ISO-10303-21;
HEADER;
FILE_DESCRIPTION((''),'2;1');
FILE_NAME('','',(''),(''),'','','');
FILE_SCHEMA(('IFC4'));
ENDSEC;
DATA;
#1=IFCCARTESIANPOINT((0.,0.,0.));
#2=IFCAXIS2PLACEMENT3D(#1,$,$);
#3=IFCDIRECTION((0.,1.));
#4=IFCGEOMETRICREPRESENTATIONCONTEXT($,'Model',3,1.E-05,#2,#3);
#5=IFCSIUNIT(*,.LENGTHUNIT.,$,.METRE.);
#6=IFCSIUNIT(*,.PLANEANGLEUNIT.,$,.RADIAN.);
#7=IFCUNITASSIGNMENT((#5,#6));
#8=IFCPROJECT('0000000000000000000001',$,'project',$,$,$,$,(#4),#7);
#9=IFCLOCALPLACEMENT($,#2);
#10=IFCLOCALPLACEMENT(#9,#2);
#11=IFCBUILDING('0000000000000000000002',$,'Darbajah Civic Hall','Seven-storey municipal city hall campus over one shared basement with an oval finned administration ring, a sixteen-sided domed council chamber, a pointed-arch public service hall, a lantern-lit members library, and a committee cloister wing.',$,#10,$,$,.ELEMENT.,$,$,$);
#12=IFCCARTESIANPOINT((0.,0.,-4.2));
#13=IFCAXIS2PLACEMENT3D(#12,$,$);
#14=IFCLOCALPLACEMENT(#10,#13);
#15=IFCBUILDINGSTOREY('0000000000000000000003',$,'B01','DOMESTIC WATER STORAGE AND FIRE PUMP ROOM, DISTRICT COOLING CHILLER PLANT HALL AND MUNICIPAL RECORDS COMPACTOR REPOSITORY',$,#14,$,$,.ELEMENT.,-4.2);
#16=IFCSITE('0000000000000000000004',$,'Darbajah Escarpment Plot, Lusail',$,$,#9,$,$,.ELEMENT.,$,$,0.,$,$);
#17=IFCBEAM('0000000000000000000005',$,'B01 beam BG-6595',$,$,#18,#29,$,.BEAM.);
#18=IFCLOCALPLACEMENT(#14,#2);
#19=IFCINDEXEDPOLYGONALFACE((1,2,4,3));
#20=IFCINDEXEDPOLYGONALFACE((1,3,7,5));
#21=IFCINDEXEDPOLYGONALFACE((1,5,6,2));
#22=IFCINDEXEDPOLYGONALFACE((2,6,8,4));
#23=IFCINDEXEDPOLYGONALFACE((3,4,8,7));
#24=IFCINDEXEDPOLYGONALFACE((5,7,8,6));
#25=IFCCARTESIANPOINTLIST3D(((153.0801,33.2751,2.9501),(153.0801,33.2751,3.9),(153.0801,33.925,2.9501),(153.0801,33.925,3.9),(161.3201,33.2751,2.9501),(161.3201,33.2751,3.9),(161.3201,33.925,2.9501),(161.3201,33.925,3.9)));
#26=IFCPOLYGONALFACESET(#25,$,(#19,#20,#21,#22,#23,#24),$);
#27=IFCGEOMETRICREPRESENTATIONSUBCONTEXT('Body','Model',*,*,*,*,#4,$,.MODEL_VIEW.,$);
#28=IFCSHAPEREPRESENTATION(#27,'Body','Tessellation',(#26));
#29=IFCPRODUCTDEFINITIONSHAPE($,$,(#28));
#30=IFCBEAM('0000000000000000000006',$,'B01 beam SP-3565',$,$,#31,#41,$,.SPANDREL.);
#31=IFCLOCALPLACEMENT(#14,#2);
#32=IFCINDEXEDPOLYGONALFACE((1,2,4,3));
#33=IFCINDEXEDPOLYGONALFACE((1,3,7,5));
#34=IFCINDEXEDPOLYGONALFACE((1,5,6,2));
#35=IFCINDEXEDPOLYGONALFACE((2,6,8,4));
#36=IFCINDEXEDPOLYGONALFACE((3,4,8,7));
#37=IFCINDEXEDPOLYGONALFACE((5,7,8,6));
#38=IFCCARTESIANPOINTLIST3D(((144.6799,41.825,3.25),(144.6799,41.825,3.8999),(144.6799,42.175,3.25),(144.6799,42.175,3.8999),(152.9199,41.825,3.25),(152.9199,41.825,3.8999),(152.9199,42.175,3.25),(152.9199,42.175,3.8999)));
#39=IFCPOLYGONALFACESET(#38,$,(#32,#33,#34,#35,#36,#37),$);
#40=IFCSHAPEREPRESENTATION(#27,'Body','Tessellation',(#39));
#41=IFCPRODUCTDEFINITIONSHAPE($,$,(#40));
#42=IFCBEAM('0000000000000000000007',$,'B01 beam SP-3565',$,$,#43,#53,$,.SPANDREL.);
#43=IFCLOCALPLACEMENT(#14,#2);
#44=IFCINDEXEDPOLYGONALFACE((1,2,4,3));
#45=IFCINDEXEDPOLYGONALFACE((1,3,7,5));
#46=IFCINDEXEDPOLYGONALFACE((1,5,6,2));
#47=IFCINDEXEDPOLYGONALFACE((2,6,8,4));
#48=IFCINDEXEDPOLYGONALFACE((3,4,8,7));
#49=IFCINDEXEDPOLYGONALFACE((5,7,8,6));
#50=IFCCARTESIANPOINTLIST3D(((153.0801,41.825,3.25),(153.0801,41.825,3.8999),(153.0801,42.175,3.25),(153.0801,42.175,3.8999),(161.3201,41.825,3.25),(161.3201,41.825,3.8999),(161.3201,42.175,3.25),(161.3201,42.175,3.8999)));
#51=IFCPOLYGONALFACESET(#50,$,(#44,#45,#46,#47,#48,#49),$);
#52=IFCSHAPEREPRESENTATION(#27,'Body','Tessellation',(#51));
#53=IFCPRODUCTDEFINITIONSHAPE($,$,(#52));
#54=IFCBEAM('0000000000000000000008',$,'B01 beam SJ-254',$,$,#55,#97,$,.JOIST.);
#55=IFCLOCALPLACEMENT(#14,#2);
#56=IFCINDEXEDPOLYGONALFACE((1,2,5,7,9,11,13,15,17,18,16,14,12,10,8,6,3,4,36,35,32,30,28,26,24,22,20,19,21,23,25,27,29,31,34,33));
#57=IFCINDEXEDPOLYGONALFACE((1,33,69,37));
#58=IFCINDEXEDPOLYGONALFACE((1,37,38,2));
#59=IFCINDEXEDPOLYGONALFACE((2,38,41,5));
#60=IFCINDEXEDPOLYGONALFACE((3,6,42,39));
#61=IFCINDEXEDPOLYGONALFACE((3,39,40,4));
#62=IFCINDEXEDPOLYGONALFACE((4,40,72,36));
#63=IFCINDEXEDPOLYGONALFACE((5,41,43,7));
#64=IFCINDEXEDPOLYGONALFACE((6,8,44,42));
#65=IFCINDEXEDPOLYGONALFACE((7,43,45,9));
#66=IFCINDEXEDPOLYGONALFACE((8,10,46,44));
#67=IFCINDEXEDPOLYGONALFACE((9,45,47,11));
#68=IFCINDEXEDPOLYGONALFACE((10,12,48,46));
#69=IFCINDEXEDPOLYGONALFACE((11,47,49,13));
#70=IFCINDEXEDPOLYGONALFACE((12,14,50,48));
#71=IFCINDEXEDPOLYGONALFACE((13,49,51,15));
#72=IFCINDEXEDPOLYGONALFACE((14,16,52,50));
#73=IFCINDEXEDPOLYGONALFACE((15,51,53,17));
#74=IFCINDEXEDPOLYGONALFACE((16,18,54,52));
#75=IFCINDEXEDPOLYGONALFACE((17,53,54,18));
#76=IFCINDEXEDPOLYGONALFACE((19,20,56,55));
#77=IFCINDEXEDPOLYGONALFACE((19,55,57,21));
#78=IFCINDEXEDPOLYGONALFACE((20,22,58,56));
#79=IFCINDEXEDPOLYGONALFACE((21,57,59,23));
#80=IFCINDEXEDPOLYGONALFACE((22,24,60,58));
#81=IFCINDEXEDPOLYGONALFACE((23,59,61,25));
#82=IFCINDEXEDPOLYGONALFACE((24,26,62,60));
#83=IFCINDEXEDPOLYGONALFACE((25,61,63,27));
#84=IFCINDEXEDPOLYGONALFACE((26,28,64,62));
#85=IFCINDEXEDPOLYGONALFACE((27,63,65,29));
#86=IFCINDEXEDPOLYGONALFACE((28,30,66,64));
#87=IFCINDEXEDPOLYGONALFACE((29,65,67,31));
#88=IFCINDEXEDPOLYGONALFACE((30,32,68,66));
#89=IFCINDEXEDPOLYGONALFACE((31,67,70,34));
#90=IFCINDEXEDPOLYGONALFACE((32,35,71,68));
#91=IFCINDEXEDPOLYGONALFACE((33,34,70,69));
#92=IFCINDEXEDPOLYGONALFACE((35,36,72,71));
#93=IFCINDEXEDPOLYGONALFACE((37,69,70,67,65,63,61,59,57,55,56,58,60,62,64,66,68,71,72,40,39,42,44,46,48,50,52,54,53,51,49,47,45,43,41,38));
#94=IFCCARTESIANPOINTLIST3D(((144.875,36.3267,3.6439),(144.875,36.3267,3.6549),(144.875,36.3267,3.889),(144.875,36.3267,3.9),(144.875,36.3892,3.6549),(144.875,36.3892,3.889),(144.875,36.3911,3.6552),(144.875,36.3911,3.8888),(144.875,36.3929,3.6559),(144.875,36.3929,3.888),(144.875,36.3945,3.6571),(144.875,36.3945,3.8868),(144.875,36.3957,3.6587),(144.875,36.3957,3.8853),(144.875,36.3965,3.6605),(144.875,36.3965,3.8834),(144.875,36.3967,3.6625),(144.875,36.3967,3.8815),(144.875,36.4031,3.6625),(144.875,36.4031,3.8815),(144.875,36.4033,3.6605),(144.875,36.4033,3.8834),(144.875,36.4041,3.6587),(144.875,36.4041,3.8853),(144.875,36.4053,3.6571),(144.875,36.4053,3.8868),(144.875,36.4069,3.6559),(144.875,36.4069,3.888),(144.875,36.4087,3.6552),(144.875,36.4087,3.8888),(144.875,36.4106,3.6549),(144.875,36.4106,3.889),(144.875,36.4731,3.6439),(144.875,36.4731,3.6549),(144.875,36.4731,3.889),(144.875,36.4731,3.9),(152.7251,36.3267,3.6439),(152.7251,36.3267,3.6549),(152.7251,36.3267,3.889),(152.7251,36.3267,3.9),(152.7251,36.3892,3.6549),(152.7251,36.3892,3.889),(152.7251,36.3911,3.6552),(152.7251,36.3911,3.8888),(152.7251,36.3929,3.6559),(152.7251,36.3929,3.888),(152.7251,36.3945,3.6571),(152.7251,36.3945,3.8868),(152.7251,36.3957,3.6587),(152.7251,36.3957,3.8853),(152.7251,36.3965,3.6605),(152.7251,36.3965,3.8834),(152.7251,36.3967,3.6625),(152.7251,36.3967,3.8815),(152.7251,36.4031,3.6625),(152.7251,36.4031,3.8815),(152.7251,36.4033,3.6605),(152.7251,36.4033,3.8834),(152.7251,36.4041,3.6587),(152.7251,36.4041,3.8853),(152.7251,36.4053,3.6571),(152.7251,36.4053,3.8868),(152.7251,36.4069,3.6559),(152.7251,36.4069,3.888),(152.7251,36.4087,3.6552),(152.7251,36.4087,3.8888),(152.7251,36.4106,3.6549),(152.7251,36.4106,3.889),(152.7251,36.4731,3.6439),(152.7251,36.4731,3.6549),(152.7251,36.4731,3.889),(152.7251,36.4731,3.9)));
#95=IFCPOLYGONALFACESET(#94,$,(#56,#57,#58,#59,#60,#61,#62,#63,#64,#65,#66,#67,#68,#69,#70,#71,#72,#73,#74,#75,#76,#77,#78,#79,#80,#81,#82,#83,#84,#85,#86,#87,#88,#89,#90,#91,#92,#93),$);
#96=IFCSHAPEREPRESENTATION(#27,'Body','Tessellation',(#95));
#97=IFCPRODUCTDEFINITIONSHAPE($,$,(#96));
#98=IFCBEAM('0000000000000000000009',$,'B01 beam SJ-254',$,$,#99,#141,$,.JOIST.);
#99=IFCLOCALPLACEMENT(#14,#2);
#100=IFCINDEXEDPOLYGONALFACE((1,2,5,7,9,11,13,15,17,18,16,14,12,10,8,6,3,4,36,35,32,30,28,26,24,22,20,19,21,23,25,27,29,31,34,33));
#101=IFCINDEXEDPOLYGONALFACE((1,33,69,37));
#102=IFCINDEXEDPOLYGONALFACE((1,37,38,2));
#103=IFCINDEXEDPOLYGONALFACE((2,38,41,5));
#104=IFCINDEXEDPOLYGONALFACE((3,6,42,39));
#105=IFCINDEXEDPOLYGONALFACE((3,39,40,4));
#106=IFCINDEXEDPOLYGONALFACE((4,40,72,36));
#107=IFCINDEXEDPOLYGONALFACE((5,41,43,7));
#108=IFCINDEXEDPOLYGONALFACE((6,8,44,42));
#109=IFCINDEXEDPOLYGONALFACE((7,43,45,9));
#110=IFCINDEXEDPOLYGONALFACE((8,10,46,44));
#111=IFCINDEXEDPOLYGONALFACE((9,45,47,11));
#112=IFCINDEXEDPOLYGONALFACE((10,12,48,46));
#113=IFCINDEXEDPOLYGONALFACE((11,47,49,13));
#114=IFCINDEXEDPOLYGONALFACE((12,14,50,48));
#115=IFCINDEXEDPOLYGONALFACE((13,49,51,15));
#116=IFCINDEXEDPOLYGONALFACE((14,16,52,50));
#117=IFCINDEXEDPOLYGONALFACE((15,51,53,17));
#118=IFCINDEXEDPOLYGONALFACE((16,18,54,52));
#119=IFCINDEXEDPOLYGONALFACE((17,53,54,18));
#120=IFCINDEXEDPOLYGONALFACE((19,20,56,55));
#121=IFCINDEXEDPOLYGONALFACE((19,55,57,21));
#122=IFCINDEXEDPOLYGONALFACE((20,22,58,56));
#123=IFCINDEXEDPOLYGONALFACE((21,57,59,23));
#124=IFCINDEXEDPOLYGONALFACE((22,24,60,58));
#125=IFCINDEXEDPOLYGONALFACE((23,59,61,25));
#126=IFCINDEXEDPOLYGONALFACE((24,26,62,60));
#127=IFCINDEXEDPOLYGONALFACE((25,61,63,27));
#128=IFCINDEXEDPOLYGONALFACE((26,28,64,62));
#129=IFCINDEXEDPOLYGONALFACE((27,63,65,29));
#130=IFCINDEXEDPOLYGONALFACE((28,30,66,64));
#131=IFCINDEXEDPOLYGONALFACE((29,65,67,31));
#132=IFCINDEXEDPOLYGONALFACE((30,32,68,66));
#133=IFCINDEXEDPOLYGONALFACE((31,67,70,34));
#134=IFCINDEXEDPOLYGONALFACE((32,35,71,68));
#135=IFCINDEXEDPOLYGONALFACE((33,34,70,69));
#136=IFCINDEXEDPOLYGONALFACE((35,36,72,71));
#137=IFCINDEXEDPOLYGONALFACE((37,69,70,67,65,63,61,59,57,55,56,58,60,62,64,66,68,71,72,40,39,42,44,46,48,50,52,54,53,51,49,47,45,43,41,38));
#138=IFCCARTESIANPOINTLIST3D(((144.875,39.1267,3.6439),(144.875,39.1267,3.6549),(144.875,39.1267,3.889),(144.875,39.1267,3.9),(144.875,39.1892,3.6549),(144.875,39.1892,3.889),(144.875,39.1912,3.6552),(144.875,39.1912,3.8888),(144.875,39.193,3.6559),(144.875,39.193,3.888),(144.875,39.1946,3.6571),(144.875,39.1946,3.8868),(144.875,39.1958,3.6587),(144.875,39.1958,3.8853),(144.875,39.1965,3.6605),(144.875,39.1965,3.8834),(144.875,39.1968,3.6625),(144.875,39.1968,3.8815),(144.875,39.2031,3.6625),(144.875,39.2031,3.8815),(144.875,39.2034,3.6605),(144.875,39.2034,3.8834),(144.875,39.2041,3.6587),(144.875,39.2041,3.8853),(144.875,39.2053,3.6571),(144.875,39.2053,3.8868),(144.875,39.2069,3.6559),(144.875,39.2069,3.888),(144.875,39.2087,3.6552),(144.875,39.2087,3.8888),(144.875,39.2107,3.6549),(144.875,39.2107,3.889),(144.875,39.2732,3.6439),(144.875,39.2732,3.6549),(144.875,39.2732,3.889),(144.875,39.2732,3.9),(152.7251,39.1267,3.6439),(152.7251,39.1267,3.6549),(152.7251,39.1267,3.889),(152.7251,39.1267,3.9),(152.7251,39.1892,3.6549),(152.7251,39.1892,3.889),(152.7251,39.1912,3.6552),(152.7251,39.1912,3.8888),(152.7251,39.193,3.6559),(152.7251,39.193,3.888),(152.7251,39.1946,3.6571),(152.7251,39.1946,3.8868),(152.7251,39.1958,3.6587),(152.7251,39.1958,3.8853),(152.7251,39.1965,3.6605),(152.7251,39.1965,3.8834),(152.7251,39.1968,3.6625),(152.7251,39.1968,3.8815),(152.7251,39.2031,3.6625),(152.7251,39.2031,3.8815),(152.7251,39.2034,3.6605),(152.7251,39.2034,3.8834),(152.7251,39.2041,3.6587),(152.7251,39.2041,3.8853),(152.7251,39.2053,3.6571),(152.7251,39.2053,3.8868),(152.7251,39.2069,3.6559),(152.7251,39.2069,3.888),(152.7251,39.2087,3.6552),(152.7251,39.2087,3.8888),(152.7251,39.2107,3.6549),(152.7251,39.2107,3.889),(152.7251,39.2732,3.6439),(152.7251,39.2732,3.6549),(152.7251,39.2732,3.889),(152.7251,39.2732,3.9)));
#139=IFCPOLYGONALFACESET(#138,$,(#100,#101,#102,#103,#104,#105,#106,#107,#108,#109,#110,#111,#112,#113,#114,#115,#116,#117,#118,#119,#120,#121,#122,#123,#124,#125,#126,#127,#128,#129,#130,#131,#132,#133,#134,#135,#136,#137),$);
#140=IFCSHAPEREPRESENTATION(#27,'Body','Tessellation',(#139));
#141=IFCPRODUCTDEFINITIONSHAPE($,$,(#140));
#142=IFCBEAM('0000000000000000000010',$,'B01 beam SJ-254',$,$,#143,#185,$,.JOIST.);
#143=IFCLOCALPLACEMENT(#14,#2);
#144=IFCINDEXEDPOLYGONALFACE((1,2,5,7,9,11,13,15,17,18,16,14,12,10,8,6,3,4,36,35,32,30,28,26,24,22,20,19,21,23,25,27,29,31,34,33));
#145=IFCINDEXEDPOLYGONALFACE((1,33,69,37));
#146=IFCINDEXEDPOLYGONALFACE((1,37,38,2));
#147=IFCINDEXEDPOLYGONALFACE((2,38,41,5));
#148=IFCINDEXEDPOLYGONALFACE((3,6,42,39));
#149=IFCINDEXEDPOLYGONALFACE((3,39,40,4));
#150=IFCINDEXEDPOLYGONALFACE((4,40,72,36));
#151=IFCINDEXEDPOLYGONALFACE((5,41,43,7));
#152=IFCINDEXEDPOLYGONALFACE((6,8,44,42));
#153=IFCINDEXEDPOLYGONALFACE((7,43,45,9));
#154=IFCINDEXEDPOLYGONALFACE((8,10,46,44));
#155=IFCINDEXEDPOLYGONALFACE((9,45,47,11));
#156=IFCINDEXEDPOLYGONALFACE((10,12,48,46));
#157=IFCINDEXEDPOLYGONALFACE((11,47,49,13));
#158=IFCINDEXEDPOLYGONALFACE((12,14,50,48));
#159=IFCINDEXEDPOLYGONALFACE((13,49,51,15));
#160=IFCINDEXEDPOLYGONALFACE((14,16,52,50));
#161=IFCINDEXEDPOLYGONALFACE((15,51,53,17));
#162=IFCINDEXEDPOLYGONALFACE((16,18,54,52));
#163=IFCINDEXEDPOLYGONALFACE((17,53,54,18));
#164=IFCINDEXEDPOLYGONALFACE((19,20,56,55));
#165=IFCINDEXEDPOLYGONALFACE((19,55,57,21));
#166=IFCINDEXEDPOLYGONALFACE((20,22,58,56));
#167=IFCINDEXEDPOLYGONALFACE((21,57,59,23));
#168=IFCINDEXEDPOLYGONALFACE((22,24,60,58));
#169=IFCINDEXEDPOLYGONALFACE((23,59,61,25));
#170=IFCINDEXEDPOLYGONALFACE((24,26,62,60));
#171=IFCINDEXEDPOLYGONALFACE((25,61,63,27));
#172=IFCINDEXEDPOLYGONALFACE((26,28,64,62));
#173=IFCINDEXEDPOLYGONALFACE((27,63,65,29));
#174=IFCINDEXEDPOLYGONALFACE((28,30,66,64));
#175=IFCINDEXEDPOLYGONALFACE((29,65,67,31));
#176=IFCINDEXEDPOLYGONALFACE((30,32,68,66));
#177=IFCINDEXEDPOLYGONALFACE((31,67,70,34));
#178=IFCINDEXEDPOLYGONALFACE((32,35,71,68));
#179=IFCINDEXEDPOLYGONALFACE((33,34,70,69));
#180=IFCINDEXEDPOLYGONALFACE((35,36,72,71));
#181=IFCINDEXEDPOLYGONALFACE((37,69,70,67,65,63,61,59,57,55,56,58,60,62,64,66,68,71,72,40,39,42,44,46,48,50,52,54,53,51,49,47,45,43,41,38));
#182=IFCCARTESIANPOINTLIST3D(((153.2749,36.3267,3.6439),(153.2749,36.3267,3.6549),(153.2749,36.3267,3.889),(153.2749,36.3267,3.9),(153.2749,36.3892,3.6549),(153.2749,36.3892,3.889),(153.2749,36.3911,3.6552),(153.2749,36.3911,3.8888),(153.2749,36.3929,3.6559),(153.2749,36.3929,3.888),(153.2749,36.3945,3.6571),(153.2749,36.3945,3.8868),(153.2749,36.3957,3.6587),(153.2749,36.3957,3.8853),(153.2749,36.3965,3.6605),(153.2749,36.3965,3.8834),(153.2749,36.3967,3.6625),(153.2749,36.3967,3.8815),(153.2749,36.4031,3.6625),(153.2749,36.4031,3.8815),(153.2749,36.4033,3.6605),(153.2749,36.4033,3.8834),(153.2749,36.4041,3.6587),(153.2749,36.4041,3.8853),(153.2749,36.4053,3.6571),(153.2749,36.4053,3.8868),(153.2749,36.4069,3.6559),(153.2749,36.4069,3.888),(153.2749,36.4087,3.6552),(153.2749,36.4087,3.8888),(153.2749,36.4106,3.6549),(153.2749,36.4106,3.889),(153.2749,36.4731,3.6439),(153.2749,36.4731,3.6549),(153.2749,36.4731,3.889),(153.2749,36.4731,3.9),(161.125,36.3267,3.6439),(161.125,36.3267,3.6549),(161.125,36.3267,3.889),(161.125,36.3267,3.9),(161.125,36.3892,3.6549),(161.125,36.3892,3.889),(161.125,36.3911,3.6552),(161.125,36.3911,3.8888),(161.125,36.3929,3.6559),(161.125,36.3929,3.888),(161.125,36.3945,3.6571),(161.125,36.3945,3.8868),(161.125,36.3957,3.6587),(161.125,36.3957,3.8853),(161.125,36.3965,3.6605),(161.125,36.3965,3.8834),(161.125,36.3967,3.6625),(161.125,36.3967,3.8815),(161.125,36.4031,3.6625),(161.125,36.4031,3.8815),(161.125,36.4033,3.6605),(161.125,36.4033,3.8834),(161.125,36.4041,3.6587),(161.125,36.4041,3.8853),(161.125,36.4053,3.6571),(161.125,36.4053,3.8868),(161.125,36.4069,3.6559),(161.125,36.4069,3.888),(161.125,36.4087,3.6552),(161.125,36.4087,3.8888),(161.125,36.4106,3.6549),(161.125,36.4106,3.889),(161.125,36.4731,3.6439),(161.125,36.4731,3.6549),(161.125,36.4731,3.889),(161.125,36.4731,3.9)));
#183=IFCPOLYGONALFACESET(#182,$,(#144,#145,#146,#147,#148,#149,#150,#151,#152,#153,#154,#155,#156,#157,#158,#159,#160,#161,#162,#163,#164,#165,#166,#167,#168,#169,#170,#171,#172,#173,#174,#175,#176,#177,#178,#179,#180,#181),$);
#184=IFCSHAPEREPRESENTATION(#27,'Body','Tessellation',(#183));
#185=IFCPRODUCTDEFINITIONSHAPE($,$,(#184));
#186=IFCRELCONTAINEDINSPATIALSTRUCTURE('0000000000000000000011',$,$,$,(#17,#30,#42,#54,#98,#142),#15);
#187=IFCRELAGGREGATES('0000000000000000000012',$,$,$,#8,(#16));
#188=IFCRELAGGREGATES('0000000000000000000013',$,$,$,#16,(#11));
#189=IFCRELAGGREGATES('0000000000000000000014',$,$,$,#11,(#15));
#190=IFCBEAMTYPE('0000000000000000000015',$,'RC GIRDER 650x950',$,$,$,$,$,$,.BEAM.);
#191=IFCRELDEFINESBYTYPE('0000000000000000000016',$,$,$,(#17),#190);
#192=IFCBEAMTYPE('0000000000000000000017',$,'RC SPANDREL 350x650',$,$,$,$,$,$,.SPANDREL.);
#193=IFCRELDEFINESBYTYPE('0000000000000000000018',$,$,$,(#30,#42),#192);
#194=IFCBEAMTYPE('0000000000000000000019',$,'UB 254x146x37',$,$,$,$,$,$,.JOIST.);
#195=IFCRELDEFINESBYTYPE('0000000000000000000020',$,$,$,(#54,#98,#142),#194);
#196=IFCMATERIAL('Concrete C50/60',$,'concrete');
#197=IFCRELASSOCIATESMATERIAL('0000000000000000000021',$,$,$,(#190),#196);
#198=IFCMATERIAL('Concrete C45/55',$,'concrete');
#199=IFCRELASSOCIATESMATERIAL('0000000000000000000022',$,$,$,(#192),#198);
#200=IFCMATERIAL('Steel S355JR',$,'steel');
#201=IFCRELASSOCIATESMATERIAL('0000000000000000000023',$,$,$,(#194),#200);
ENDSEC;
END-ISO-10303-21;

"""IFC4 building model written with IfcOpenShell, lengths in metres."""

from ifc_helpers import new_model, si_unit, direction, frame, origin, origin_2d, place, context, subcontext, project, spatial, rectangle, i_section, extrude, material, material_profile, profile_set, type_object, element, save


model = new_model("IFC4")

# Units and contexts
model_context = context("Model", 3, precision=1e-05, world=origin(), true_north=direction((0.0, 1.0)))
body_context = subcontext(model_context, "Body", "Model", "MODEL_VIEW")
ifc_project = project(units=[si_unit("LENGTHUNIT", "METRE"), si_unit("PLANEANGLEUNIT", "RADIAN")], contexts=[model_context])

# Site, building, storey
site_placement = place(None, origin())
site = spatial("IfcSite", under=ifc_project, at=site_placement, Name="Darbajah Escarpment Plot, Lusail", CompositionType="ELEMENT", RefElevation=0.0)
building_placement = place(site_placement, origin())
building = spatial("IfcBuilding", under=site, at=building_placement, Name="Darbajah Civic Hall", Description="Seven-storey municipal city hall campus over one shared basement with an oval finned administration ring, a sixteen-sided domed council chamber, a pointed-arch public service hall, a lantern-lit members library, and a committee cloister wing.", CompositionType="ELEMENT")
storey_placement = place(building_placement, frame((0.0, 0.0, -4.2)))
storey = spatial("IfcBuildingStorey", under=building, at=storey_placement, Name="B01", Description="DOMESTIC WATER STORAGE AND FIRE PUMP ROOM, DISTRICT COOLING CHILLER PLANT HALL AND MUNICIPAL RECORDS COMPACTOR REPOSITORY", CompositionType="ELEMENT", Elevation=-4.2)

# Shared definitions
ifc_material_1 = material(Name="Concrete C45/55", Category="concrete")

# Shared definitions
ifc_material_2 = material(Name="Concrete C50/60", Category="concrete")

# Shared definitions
ifc_material_3 = material(Name="Steel S355JR", Category="steel")

# Beams
ifc_material_profile_1 = material_profile(ifc_material_2, rectangle(XDim=0.6499, YDim=0.95, at=origin_2d()), Name="RC GIRDER 650x950")
ifc_profile_set_1 = profile_set([ifc_material_profile_1], Name="Concrete C50/60")
beam_type_1 = type_object("IfcBeamType", Name="RC GIRDER 650x950", PredefinedType="BEAM", material=ifc_profile_set_1)
beam_placement = place(storey_placement, frame((153.0801, 33.6001, 3.425), z_axis=(1.0, 0.0, 0.0), x_axis=(0.0, 1.0, 0.0)))
element("IfcBeam", 1, at=beam_placement, inside=storey, type_object=beam_type_1, Name="B01 beam BG-6595", PredefinedType="BEAM", context=body_context, shape_type="SweptSolid", body=[
    extrude(rectangle(XDim=0.6499, YDim=0.95, at=origin_2d()), origin(), (0.0, 0.0, 1.0), 8.24),
])
ifc_material_profile_2 = material_profile(ifc_material_1, rectangle(XDim=0.3501, YDim=0.6499, at=origin_2d()), Name="RC SPANDREL 350x650")
ifc_profile_set_2 = profile_set([ifc_material_profile_2], Name="Concrete C45/55")
beam_type_2 = type_object("IfcBeamType", Name="RC SPANDREL 350x650", PredefinedType="SPANDREL", material=ifc_profile_set_2)
for number, where, z_axis, x_axis, name in (
    (2, (144.6799, 42.0, 3.575), (1.0, 0.0, 0.0), (0.0, 1.0, 0.0), "B01 beam SP-3565"),
    (3, (153.0801, 42.0, 3.575), (1.0, 0.0, 0.0), (0.0, 1.0, 0.0), "B01 beam SP-3565"),
):
    element("IfcBeam", number, at=place(storey_placement, frame(where, z_axis=z_axis, x_axis=x_axis)), inside=storey, type_object=beam_type_2, Name=name, PredefinedType="SPANDREL", context=body_context, shape_type="SweptSolid", body=[
        extrude(rectangle(XDim=0.3501, YDim=0.6499, at=origin_2d()), origin(), (0.0, 0.0, 1.0), 8.24),
    ])
ifc_material_profile_3 = material_profile(ifc_material_3, i_section(OverallWidth=0.1465, OverallDepth=0.2561, WebThickness=0.0063, FlangeThickness=0.011, FilletRadius=0.0076, at=origin_2d()), Name="UB 254x146x37")
ifc_profile_set_3 = profile_set([ifc_material_profile_3], Name="Steel S355JR")
beam_type_3 = type_object("IfcBeamType", Name="UB 254x146x37", PredefinedType="JOIST", material=ifc_profile_set_3)
for number, where, z_axis, x_axis, name in (
    (4, (144.875, 36.3999, 3.772), (1.0, 0.0, 0.0), (0.0, 1.0, 0.0), "B01 beam SJ-254"),
    (5, (144.875, 39.2, 3.772), (1.0, 0.0, 0.0), (0.0, 1.0, 0.0), "B01 beam SJ-254"),
    (6, (153.2749, 36.3999, 3.772), (1.0, 0.0, 0.0), (0.0, 1.0, 0.0), "B01 beam SJ-254"),
):
    element("IfcBeam", number, at=place(storey_placement, frame(where, z_axis=z_axis, x_axis=x_axis)), inside=storey, type_object=beam_type_3, Name=name, PredefinedType="JOIST", context=body_context, shape_type="SweptSolid", body=[
        extrude(i_section(OverallWidth=0.1465, OverallDepth=0.2561, WebThickness=0.0063, FlangeThickness=0.011, FilletRadius=0.0076, at=origin_2d()), origin(), (0.0, 0.0, 1.0), 7.8501),
    ])

save(model, "model.ifc")
